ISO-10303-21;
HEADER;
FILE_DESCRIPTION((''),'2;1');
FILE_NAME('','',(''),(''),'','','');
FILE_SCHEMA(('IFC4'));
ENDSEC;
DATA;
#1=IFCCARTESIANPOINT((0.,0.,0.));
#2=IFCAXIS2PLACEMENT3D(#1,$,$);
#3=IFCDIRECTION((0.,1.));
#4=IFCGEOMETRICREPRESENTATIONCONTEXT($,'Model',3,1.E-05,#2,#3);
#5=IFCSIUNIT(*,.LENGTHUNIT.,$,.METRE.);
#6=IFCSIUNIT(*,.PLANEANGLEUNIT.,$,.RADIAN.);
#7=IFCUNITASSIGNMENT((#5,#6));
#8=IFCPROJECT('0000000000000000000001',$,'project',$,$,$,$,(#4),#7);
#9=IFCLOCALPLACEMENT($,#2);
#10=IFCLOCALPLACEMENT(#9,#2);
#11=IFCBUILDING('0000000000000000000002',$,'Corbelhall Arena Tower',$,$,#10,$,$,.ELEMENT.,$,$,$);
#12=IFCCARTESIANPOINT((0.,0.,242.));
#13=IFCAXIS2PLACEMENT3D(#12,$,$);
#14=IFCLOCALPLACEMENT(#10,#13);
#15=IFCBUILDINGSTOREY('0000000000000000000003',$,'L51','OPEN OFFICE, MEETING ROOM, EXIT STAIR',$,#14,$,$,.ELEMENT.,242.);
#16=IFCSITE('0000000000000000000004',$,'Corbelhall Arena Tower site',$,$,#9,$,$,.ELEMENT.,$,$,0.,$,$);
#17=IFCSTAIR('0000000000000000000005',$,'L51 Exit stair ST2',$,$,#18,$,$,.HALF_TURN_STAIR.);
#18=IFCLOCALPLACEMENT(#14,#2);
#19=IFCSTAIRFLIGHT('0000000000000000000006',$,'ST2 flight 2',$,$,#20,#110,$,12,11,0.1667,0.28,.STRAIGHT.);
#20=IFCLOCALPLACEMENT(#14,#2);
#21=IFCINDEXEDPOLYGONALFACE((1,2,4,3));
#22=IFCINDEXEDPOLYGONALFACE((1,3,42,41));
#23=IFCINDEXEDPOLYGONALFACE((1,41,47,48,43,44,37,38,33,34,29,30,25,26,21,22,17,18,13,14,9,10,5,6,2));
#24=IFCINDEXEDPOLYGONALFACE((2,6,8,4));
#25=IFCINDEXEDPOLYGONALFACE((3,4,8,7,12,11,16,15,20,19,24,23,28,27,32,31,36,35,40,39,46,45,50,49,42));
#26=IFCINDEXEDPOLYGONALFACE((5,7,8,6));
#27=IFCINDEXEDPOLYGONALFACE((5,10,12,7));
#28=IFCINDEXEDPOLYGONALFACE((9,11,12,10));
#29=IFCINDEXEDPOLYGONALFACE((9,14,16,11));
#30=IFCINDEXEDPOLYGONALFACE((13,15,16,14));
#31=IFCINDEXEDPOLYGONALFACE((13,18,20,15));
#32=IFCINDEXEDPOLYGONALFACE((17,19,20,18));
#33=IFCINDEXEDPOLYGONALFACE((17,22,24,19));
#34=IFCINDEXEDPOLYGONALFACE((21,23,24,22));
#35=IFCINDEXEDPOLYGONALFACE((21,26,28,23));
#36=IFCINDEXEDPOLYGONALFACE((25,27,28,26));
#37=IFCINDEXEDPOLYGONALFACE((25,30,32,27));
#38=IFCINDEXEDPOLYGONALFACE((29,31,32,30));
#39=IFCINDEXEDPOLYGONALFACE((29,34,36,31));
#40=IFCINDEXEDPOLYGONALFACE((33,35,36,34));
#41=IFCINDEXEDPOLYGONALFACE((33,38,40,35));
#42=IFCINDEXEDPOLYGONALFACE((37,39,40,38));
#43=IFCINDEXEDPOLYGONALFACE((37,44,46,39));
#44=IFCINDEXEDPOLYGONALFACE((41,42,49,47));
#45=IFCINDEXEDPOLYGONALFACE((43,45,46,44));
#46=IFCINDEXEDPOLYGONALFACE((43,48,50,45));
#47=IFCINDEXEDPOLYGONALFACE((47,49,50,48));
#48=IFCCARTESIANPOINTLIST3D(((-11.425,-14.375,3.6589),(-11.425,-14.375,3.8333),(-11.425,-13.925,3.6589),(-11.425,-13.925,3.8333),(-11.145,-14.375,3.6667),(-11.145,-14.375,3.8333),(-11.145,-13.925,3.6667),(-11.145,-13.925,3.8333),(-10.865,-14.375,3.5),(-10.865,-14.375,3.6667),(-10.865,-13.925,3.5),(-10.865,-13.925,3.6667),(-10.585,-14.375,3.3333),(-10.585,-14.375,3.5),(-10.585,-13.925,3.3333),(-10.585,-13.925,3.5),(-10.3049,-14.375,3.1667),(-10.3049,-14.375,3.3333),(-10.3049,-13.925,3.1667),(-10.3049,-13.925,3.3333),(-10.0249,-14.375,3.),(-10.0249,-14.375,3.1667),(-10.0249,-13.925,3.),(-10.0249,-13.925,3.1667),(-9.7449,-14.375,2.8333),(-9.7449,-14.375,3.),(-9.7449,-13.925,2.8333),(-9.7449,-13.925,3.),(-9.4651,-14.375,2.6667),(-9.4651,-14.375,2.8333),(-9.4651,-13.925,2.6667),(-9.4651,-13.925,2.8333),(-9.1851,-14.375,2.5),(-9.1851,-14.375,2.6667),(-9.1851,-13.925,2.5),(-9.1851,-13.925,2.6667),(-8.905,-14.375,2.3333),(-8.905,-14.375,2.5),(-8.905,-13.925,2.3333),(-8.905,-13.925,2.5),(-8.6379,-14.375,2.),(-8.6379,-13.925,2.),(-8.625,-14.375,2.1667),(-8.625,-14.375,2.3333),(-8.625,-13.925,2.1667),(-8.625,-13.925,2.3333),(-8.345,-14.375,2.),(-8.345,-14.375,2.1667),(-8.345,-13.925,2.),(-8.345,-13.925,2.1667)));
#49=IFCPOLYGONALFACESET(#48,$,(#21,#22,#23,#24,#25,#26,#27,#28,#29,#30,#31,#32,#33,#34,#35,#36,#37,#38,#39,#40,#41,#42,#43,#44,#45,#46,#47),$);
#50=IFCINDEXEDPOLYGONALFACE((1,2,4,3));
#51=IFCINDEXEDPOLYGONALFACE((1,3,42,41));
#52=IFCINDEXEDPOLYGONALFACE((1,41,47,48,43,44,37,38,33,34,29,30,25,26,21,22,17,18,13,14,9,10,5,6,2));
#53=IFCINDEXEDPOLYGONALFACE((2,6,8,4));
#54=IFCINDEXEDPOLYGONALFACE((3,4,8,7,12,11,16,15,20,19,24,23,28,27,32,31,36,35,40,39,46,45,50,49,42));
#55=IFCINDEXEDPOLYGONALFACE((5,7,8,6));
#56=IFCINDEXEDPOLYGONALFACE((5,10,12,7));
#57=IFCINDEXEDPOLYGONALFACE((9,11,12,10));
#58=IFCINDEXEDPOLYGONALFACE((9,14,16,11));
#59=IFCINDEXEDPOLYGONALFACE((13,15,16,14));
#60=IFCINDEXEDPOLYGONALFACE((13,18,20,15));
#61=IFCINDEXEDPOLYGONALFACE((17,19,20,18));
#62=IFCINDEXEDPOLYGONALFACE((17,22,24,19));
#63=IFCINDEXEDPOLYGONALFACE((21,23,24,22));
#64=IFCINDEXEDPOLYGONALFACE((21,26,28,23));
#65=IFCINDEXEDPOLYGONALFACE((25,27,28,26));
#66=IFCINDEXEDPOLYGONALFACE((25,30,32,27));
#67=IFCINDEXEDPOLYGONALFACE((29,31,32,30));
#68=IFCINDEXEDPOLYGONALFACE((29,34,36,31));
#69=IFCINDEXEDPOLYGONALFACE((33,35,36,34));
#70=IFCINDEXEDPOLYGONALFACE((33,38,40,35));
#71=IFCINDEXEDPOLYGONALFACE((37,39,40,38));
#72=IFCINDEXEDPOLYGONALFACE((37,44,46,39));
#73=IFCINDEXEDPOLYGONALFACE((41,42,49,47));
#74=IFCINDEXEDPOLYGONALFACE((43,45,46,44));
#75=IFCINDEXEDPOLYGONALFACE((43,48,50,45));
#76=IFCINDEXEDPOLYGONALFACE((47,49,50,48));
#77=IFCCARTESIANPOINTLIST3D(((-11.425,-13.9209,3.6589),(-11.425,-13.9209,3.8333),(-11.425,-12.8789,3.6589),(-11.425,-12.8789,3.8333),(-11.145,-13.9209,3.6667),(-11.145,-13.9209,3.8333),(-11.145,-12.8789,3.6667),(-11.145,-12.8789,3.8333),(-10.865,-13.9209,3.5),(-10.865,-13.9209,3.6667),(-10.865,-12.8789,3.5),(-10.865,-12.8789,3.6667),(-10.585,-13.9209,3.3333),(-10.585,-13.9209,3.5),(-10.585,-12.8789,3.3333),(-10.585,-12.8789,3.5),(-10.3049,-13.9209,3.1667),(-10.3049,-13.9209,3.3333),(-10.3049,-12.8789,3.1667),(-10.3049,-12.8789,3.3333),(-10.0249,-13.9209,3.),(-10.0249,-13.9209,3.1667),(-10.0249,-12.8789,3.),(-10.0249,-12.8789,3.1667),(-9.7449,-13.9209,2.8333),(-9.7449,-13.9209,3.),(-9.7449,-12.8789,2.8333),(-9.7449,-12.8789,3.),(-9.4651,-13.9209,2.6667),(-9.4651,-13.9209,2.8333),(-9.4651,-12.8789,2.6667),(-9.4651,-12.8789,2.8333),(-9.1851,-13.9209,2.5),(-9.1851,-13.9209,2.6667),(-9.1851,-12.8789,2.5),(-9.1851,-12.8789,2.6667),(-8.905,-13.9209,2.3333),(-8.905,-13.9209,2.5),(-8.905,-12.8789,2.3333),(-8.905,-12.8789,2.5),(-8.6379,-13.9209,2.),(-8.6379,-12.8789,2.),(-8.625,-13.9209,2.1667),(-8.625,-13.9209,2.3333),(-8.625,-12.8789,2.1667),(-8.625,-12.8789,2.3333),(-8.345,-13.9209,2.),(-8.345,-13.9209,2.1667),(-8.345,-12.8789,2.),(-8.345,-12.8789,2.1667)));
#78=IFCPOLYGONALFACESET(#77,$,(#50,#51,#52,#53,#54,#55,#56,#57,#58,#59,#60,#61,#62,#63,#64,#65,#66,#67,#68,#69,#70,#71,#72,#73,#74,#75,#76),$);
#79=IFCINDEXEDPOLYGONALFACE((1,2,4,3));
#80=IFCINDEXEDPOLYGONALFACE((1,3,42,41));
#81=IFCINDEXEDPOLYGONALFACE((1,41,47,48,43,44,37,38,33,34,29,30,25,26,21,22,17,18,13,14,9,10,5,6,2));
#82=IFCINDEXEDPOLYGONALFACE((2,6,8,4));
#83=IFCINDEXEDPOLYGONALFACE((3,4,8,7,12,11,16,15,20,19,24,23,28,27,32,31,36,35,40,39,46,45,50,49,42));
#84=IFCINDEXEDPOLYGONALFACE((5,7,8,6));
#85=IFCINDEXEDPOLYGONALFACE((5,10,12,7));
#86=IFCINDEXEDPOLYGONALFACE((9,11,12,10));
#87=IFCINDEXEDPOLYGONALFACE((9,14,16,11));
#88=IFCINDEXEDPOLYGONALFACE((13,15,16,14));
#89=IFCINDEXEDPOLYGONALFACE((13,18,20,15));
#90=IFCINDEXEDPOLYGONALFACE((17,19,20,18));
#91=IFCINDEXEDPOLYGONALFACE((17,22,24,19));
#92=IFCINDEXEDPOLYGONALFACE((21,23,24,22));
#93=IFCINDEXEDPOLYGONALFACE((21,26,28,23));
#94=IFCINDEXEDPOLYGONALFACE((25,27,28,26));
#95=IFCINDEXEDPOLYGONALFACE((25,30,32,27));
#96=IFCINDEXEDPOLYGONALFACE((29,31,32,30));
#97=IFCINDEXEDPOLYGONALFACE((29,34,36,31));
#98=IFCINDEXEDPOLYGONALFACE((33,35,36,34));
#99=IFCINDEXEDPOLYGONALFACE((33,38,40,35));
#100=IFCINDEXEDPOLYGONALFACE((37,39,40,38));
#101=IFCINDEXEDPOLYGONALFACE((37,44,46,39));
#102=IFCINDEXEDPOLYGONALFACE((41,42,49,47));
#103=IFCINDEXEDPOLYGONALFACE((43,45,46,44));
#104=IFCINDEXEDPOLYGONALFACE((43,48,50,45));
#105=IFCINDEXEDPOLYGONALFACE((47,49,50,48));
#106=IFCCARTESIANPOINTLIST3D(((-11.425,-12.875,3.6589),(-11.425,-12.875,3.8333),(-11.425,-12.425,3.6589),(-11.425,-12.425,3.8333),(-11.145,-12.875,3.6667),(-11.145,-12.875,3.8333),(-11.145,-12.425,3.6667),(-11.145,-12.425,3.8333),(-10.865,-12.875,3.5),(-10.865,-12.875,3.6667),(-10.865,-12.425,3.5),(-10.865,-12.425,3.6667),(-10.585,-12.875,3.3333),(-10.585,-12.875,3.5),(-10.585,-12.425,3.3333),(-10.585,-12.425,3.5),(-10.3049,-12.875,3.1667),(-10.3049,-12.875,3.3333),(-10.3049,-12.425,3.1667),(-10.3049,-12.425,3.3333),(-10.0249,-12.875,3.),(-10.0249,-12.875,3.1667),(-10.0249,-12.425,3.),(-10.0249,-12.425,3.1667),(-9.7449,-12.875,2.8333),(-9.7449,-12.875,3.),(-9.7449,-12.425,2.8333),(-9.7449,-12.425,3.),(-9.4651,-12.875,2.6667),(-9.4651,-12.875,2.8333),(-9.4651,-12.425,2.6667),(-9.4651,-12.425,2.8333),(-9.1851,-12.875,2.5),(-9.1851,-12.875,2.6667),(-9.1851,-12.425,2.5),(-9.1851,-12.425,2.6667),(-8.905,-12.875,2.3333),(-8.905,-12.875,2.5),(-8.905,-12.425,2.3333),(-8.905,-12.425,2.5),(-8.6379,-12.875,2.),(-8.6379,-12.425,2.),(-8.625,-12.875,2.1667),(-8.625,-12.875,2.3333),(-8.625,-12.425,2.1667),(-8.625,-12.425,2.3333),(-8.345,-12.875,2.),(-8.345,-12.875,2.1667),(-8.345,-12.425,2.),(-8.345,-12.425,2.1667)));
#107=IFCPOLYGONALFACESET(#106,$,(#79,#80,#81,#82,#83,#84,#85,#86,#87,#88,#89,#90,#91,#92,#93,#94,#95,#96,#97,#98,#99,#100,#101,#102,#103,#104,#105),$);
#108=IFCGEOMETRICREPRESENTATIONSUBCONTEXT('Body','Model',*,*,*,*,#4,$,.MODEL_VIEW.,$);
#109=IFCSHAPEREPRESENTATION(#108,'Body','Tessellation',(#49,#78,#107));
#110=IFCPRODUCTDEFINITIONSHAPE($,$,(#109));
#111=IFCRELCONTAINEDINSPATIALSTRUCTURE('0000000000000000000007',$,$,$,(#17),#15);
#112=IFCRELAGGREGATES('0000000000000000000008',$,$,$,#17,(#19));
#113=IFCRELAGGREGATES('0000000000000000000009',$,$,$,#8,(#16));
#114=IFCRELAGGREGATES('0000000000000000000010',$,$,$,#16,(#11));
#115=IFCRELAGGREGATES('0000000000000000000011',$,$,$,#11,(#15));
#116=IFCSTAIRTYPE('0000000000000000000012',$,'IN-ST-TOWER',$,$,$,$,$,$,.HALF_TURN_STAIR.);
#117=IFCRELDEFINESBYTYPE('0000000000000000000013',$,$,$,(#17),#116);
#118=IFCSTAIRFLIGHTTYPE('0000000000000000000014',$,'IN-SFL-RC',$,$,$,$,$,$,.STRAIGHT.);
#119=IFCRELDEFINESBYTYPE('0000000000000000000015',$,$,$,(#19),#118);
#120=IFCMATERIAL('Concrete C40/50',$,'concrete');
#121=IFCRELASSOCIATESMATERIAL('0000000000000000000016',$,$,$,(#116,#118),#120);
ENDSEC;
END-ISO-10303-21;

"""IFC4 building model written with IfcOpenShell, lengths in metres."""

from ifc_helpers import new_model, si_unit, direction, frame, origin, place, context, subcontext, project, spatial, polyline, outline, extrude, material, type_object, element, aggregate, save


model = new_model("IFC4")

# Units and contexts
model_context = context("Model", 3, precision=1e-05, world=origin(), true_north=direction((0.0, 1.0)))
body_context = subcontext(model_context, "Body", "Model", "MODEL_VIEW")
ifc_project = project(units=[si_unit("LENGTHUNIT", "METRE"), si_unit("PLANEANGLEUNIT", "RADIAN")], contexts=[model_context])

# Site, building, storey
site_placement = place(None, origin())
site = spatial("IfcSite", under=ifc_project, at=site_placement, Name="Corbelhall Arena Tower site", CompositionType="ELEMENT", RefElevation=0.0)
building_placement = place(site_placement, origin())
building = spatial("IfcBuilding", under=site, at=building_placement, Name="Corbelhall Arena Tower", CompositionType="ELEMENT")
storey_placement = place(building_placement, frame((0.0, 0.0, 242.0)))
storey = spatial("IfcBuildingStorey", under=building, at=storey_placement, Name="L51", Description="OPEN OFFICE, MEETING ROOM, EXIT STAIR", CompositionType="ELEMENT", Elevation=242.0)

# Shared definitions
ifc_material_1 = material(Name="Concrete C40/50", Category="concrete")

# Stair, stair flight
stair_type = type_object("IfcStairType", Name="IN-ST-TOWER", PredefinedType="HALF_TURN_STAIR", material=ifc_material_1)
stair_placement = place(storey_placement, origin())
stair = element("IfcStair", 1, at=stair_placement, inside=storey, type_object=stair_type, Name="L51 Exit stair ST2", PredefinedType="HALF_TURN_STAIR")
stair_flight_type = type_object("IfcStairFlightType", Name="IN-SFL-RC", PredefinedType="STRAIGHT", material=ifc_material_1)
stair_flight_1_placement = place(storey_placement, frame((-8.345, -13.3999, 2.0), z_axis=(0.0, 0.0, 1.0), x_axis=(-1.0, 0.0, 0.0)))
stair_flight_1 = element("IfcStairFlight", 2, at=stair_flight_1_placement, type_object=stair_flight_type, Name="ST2 flight 2", NumberOfRisers=12, NumberOfTreads=11, PredefinedType="STRAIGHT", RiserHeight=0.1667, TreadLength=0.28, context=body_context, shape_type="SweptSolid", body=[
    extrude(outline(polyline([(0.0, 0.0), (0.0, 0.1667), (0.28, 0.1667), (0.28, 0.3333), (0.5601, 0.3333), (0.5601, 0.5), (0.8401, 0.5), (0.8401, 0.6667), (1.1201, 0.6667), (1.1201, 0.8333), (1.3999, 0.8333), (1.3999, 1.0), (1.6799, 1.0), (1.6799, 1.1667), (1.96, 1.1667), (1.96, 1.3333), (2.24, 1.3333), (2.24, 1.5), (2.52, 1.5), (2.52, 1.6667), (2.8, 1.6667), (2.8, 1.8333), (3.0801, 1.8333), (3.0801, 2.0), (3.0801, 1.6589), (0.293, 0.0), (0.0, 0.0)])), frame((0.0, 0.9751, 0.0), z_axis=(0.0, -1.0, 0.0), x_axis=(1.0, 0.0, 0.0)), (0.0, 0.0, 1.0), 0.45),
    extrude(outline(polyline([(0.0, 0.0), (0.0, 0.1667), (0.28, 0.1667), (0.28, 0.3333), (0.5601, 0.3333), (0.5601, 0.5), (0.8401, 0.5), (0.8401, 0.6667), (1.1201, 0.6667), (1.1201, 0.8333), (1.3999, 0.8333), (1.3999, 1.0), (1.6799, 1.0), (1.6799, 1.1667), (1.96, 1.1667), (1.96, 1.3333), (2.24, 1.3333), (2.24, 1.5), (2.52, 1.5), (2.52, 1.6667), (2.8, 1.6667), (2.8, 1.8333), (3.0801, 1.8333), (3.0801, 2.0), (3.0801, 1.6589), (0.293, 0.0), (0.0, 0.0)])), frame((0.0, 0.521, 0.0), z_axis=(0.0, -1.0, 0.0), x_axis=(1.0, 0.0, 0.0)), (0.0, 0.0, 1.0), 1.042),
    extrude(outline(polyline([(0.0, 0.0), (0.0, 0.1667), (0.28, 0.1667), (0.28, 0.3333), (0.5601, 0.3333), (0.5601, 0.5), (0.8401, 0.5), (0.8401, 0.6667), (1.1201, 0.6667), (1.1201, 0.8333), (1.3999, 0.8333), (1.3999, 1.0), (1.6799, 1.0), (1.6799, 1.1667), (1.96, 1.1667), (1.96, 1.3333), (2.24, 1.3333), (2.24, 1.5), (2.52, 1.5), (2.52, 1.6667), (2.8, 1.6667), (2.8, 1.8333), (3.0801, 1.8333), (3.0801, 2.0), (3.0801, 1.6589), (0.293, 0.0), (0.0, 0.0)])), frame((0.0, -0.5249, 0.0), z_axis=(0.0, -1.0, 0.0), x_axis=(1.0, 0.0, 0.0)), (0.0, 0.0, 1.0), 0.45),
])
aggregate(stair, [stair_flight_1])

save(model, "model.ifc")
